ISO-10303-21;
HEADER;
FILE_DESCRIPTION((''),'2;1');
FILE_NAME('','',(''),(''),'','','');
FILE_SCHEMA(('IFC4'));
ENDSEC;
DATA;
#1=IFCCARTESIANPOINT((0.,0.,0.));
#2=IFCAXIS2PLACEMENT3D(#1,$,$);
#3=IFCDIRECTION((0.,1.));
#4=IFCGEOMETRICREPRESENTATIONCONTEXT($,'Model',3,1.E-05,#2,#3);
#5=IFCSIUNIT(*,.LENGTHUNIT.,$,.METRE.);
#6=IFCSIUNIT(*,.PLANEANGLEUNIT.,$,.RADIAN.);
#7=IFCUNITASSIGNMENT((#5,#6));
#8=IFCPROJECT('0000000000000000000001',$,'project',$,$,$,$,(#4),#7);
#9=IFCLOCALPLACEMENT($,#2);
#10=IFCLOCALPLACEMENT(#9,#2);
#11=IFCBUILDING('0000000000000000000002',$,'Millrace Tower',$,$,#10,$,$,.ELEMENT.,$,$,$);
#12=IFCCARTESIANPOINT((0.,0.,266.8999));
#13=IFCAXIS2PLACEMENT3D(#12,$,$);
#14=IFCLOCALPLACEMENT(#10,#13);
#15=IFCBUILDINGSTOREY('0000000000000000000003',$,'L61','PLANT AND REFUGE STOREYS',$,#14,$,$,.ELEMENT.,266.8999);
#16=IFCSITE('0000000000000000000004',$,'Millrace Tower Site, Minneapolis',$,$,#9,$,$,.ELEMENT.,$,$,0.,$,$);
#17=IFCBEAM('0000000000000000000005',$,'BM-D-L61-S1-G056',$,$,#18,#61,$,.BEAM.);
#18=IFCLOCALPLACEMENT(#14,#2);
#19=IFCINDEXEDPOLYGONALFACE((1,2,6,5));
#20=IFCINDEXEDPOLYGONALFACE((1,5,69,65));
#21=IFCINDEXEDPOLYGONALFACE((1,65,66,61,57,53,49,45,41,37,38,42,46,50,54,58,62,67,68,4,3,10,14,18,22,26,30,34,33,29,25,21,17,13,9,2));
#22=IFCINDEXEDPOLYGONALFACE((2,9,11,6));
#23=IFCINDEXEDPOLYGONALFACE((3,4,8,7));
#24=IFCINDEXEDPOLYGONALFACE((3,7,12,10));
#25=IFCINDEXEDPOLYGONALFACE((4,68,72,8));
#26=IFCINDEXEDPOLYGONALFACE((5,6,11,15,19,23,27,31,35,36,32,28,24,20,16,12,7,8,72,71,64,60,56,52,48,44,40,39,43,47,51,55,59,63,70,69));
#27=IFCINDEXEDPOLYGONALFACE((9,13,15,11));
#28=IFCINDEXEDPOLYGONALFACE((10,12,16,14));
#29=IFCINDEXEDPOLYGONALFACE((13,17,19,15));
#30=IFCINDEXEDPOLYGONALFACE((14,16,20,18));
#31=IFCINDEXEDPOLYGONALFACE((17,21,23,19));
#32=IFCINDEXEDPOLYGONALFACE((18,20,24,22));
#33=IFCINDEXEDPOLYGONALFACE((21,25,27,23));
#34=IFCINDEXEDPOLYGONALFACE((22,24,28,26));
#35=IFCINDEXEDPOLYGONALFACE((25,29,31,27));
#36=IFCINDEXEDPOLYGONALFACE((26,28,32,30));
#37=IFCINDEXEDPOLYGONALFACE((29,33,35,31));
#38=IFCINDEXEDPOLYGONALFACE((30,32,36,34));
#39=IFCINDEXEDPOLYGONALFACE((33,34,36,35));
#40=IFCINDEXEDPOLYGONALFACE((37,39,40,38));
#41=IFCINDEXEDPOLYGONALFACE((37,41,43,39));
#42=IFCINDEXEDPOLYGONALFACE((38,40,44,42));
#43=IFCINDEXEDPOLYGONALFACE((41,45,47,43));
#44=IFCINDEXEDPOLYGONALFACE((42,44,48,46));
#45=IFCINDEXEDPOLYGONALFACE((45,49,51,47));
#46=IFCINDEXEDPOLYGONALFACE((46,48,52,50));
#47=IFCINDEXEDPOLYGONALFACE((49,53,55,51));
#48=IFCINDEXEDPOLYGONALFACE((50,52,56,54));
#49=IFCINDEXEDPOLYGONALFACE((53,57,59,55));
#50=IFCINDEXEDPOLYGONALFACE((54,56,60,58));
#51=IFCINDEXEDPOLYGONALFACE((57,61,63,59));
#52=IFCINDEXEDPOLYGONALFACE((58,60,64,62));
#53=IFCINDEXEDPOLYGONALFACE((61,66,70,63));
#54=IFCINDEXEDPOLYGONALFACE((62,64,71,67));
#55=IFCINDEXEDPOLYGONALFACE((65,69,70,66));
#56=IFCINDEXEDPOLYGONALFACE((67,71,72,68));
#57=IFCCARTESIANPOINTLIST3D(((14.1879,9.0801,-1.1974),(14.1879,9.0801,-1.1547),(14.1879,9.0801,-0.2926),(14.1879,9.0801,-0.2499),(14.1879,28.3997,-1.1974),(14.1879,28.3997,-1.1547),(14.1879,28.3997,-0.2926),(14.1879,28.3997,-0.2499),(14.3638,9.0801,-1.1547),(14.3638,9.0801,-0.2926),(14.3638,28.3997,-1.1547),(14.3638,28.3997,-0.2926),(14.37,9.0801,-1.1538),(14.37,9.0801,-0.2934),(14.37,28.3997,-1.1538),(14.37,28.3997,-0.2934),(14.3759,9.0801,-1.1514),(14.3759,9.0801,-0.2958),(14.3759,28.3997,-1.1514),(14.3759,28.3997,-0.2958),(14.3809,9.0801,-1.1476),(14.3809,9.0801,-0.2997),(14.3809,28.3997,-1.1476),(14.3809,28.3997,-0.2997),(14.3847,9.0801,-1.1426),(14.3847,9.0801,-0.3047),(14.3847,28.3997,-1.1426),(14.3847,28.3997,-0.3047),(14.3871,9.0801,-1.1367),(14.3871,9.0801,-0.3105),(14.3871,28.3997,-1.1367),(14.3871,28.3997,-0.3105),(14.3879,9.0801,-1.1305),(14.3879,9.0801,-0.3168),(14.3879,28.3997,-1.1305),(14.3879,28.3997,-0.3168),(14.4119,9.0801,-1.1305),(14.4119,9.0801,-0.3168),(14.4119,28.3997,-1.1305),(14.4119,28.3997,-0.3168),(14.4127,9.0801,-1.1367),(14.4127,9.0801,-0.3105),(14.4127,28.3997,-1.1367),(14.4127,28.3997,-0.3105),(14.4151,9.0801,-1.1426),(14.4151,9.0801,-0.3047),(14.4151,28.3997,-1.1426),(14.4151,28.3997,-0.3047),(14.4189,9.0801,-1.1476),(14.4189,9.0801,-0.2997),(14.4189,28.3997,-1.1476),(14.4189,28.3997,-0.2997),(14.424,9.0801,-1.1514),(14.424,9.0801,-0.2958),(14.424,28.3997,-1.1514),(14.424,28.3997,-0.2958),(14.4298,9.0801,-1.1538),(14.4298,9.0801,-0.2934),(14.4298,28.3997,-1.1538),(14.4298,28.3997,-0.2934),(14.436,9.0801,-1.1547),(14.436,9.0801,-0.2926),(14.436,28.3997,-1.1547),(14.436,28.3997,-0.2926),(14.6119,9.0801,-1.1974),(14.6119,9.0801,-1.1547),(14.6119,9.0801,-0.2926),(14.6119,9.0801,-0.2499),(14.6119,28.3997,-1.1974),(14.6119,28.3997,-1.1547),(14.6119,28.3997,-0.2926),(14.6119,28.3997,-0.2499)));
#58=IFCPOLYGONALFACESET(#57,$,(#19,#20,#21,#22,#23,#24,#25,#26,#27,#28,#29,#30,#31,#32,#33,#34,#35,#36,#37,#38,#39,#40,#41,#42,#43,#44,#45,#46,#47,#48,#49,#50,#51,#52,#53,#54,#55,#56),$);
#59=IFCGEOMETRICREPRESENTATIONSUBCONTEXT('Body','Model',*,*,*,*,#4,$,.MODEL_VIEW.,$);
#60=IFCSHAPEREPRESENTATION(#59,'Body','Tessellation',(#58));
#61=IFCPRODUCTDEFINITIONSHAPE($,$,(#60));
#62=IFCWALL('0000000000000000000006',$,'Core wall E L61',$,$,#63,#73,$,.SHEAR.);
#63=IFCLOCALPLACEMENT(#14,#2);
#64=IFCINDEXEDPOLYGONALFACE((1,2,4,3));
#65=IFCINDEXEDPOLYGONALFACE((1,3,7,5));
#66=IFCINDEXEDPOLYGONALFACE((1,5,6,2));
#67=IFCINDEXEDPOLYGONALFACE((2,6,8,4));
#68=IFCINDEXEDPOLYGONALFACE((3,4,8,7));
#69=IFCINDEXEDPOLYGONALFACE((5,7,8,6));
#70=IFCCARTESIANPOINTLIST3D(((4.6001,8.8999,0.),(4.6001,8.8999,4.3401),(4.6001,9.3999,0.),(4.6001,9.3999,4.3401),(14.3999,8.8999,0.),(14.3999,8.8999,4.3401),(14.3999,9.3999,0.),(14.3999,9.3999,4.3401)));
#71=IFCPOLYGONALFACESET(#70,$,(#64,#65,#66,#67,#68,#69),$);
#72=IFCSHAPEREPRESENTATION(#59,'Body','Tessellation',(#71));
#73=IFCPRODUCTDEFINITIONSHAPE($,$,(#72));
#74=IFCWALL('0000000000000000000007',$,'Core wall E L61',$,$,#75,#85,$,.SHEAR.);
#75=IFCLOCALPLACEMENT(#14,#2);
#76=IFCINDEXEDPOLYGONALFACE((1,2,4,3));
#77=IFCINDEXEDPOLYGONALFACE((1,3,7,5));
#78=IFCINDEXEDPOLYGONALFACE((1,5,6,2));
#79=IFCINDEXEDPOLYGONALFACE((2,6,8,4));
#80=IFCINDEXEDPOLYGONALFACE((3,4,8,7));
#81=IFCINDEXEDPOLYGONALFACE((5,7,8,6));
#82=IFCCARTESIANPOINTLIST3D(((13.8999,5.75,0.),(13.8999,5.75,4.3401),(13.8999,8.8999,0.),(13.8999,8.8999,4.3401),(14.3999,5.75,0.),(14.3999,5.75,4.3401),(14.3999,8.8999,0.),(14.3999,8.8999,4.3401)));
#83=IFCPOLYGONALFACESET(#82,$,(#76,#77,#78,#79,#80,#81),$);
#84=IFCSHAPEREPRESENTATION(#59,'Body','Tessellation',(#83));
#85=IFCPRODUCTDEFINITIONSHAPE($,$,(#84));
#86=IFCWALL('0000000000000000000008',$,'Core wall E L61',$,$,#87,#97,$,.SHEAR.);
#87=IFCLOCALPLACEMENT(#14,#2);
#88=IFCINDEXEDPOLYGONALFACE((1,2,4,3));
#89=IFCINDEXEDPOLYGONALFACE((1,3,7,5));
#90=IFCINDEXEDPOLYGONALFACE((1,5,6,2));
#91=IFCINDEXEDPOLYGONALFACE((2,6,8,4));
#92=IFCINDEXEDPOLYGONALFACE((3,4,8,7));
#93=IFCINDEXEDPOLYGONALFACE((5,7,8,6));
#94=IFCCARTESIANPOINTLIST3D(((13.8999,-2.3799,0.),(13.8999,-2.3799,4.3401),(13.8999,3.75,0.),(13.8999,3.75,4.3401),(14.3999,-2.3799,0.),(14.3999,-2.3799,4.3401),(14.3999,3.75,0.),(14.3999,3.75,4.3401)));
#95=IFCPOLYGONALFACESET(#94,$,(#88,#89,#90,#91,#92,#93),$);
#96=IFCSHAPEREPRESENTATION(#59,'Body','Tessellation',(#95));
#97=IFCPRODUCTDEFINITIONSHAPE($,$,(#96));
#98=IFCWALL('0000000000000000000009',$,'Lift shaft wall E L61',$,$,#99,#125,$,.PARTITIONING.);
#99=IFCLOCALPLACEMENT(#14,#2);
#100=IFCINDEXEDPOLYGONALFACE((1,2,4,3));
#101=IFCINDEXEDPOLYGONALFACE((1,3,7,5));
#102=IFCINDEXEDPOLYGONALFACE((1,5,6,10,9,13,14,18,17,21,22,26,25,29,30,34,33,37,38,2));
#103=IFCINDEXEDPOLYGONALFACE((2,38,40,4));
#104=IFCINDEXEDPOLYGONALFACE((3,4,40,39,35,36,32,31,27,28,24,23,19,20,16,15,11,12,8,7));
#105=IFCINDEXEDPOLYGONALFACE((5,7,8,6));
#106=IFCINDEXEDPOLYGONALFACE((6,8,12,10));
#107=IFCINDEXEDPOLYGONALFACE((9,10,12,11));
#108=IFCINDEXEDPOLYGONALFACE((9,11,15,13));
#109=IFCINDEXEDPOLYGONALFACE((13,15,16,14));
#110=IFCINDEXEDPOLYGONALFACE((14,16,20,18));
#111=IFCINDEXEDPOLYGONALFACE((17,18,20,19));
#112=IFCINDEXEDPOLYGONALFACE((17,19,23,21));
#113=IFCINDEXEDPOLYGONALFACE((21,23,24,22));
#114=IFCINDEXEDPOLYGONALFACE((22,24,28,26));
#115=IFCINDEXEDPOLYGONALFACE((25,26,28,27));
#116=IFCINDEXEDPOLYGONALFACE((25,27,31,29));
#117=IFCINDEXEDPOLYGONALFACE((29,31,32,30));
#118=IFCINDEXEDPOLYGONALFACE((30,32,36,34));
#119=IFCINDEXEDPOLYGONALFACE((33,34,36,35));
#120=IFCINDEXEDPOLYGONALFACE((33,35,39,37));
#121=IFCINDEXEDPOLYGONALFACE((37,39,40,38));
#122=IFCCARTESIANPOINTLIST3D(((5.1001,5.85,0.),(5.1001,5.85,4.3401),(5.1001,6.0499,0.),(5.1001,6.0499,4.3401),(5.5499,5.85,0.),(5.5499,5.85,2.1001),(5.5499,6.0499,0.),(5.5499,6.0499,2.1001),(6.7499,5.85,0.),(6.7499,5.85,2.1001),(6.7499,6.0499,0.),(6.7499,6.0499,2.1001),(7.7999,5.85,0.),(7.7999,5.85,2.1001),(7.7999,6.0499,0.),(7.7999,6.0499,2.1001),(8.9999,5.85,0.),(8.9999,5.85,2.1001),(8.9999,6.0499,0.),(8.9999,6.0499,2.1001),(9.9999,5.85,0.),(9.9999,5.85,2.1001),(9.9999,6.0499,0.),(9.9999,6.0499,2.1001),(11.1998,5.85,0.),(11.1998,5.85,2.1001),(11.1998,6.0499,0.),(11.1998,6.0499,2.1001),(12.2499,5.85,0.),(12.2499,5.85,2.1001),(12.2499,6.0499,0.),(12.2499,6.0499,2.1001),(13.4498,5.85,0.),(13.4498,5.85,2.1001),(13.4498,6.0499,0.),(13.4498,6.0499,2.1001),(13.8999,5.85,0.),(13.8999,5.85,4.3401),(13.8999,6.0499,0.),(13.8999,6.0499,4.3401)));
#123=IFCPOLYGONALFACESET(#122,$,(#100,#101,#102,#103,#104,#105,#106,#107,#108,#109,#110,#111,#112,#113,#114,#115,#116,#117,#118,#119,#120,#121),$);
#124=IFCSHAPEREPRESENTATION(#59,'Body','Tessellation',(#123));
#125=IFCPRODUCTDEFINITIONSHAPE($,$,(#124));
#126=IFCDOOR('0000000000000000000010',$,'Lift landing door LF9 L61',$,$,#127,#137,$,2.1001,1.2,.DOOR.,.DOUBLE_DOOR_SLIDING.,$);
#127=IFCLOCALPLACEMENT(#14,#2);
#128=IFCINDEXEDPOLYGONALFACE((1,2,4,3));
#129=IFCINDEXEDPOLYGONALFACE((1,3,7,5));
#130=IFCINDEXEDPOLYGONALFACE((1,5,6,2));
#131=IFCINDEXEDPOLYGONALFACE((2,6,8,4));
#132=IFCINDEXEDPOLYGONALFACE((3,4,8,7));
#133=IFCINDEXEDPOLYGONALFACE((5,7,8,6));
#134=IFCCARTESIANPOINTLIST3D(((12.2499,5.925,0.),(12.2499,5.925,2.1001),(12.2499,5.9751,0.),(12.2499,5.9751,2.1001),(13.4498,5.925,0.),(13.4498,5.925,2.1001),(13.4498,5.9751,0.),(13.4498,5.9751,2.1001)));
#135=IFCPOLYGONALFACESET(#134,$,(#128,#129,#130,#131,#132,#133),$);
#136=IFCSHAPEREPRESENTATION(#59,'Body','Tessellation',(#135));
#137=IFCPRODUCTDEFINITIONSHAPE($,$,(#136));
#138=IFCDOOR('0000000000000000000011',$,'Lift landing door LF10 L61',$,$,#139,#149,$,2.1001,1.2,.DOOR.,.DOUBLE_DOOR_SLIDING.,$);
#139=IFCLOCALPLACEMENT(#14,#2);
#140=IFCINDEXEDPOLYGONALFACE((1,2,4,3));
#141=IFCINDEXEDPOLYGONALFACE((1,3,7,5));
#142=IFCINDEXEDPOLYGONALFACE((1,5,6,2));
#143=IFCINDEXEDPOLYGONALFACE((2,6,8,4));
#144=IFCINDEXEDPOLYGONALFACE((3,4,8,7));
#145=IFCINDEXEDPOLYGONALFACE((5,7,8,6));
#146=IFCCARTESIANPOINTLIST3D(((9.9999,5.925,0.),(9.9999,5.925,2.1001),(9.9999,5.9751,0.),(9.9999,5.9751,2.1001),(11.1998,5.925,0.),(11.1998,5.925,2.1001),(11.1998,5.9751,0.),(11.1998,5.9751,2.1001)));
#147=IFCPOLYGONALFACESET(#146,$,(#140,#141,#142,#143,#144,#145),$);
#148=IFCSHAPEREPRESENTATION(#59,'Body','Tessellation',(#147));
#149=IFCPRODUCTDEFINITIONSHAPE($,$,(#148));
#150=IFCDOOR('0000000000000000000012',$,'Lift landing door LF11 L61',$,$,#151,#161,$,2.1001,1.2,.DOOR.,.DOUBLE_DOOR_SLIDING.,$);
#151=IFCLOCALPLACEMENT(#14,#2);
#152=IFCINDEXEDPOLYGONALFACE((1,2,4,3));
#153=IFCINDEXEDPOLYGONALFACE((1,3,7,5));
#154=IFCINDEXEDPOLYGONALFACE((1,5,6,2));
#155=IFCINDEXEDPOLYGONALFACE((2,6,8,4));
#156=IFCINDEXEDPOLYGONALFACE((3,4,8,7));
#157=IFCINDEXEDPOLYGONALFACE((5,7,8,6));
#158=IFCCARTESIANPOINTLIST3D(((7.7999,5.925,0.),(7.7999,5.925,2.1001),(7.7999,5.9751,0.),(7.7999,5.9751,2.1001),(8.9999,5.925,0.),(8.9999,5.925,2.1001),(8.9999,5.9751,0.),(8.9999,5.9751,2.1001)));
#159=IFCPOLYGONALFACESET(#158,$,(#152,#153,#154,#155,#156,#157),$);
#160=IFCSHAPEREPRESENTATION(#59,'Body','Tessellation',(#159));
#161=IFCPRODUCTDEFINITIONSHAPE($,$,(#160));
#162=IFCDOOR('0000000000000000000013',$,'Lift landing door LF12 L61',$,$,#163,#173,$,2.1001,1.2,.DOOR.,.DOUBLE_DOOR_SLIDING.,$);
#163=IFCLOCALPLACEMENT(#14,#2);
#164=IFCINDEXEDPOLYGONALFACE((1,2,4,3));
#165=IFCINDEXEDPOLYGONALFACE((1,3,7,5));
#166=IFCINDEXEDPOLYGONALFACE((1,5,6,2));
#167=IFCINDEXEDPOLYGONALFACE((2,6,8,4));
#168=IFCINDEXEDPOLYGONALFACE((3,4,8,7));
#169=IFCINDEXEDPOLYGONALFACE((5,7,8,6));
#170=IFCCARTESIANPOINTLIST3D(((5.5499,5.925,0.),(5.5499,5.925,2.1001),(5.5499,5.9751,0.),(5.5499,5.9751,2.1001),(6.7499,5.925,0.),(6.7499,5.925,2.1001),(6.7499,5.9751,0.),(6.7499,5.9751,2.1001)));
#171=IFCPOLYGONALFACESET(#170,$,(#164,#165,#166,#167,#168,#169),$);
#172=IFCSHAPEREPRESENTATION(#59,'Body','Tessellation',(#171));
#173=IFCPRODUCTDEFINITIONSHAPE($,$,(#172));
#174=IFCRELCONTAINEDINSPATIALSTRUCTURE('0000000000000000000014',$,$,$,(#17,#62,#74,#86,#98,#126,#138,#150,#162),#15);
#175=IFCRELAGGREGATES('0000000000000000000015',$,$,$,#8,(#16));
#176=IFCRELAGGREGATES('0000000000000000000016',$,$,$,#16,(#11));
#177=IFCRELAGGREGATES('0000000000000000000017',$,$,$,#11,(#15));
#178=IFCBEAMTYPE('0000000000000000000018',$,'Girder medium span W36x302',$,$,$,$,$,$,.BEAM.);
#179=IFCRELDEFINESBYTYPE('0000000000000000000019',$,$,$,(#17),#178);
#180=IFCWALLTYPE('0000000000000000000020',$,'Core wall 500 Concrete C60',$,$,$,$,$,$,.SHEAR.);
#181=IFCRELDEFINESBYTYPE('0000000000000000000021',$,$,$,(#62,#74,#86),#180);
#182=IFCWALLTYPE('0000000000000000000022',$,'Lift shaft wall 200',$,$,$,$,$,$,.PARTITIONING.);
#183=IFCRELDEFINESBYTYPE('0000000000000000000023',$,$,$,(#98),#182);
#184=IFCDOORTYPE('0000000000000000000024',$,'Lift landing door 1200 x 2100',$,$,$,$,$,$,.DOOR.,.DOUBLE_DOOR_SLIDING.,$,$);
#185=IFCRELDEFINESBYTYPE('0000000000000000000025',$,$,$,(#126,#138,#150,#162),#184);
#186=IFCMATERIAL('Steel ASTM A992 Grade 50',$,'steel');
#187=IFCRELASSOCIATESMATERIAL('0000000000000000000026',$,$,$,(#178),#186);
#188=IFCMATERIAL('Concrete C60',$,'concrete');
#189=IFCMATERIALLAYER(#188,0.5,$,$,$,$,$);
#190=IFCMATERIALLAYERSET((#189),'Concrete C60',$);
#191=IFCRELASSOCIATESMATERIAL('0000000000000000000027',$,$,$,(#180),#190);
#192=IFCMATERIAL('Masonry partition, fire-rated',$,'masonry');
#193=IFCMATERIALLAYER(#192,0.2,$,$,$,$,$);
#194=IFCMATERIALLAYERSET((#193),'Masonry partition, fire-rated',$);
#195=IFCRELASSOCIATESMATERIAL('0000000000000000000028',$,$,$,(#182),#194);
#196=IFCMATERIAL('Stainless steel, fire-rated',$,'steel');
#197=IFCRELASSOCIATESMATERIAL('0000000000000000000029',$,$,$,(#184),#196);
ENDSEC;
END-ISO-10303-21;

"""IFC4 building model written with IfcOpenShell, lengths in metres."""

from ifc_helpers import new_model, si_unit, direction, frame, frame_2d, origin, origin_2d, place, context, subcontext, project, spatial, rectangle, i_section, extrude, material, layer, layer_set, material_profile, profile_set, type_object, element, fill, save


model = new_model("IFC4")

# Units and contexts
model_context = context("Model", 3, precision=1e-05, world=origin(), true_north=direction((0.0, 1.0)))
body_context = subcontext(model_context, "Body", "Model", "MODEL_VIEW")
ifc_project = project(units=[si_unit("LENGTHUNIT", "METRE"), si_unit("PLANEANGLEUNIT", "RADIAN")], contexts=[model_context])

# Site, building, storey
site_placement = place(None, origin())
site = spatial("IfcSite", under=ifc_project, at=site_placement, Name="Millrace Tower Site, Minneapolis", CompositionType="ELEMENT", RefElevation=0.0)
building_placement = place(site_placement, origin())
building = spatial("IfcBuilding", under=site, at=building_placement, Name="Millrace Tower", CompositionType="ELEMENT")
storey_placement = place(building_placement, frame((0.0, 0.0, 266.8999)))
storey = spatial("IfcBuildingStorey", under=building, at=storey_placement, Name="L61", Description="PLANT AND REFUGE STOREYS", CompositionType="ELEMENT", Elevation=266.8999)

# Beam
ifc_material_1 = material(Name="Steel ASTM A992 Grade 50", Category="steel")
ifc_material_profile_1 = material_profile(ifc_material_1, i_section(OverallWidth=0.4241, OverallDepth=0.9475, WebThickness=0.0239, FlangeThickness=0.0427, FilletRadius=0.0242, at=origin_2d()))
ifc_profile_set_1 = profile_set([ifc_material_profile_1], Name="Steel ASTM A992 Grade 50")
beam_type_1 = type_object("IfcBeamType", Name="Girder medium span W36x302", PredefinedType="BEAM", material=ifc_profile_set_1)
beam_1_placement = place(storey_placement, frame((14.3999, 9.0801, -0.7236), z_axis=(0.0, 1.0, 0.0), x_axis=(-1.0, 0.0, 0.0)))
element("IfcBeam", 1, at=beam_1_placement, inside=storey, type_object=beam_type_1, Name="BM-D-L61-S1-G056", PredefinedType="BEAM", context=body_context, shape_type="SweptSolid", body=[
    extrude(i_section(OverallWidth=0.4241, OverallDepth=0.9475, WebThickness=0.0239, FlangeThickness=0.0427, FilletRadius=0.0242, at=origin_2d()), origin(), (0.0, 0.0, 1.0), 19.3196),
])

# Walls
ifc_material_2 = material(Name="Concrete C60", Category="concrete")
ifc_layer_1 = layer(ifc_material_2, 0.5)
ifc_layer_set_1 = layer_set([ifc_layer_1], Name="Concrete C60")
wall_type_1 = type_object("IfcWallType", Name="Core wall 500 Concrete C60", PredefinedType="SHEAR", material=ifc_layer_set_1)
wall_1_placement = place(storey_placement, frame((14.3999, 9.1499, 0.0), z_axis=(0.0, 0.0, 1.0), x_axis=(-1.0, 0.0, 0.0)))
element("IfcWall", 2, at=wall_1_placement, inside=storey, type_object=wall_type_1, Name="Core wall E L61", PredefinedType="SHEAR", context=body_context, shape_type="SweptSolid", body=[
    extrude(rectangle(XDim=9.7998, YDim=0.5, at=frame_2d((4.8999, 0.0))), origin(), (0.0, 0.0, 1.0), 4.3401),
])
wall_2_placement = place(storey_placement, frame((14.1499, 8.8999, 0.0), z_axis=(0.0, 0.0, 1.0), x_axis=(0.0, -1.0, 0.0)))
element("IfcWall", 3, at=wall_2_placement, inside=storey, type_object=wall_type_1, Name="Core wall E L61", PredefinedType="SHEAR", context=body_context, shape_type="SweptSolid", body=[
    extrude(rectangle(XDim=3.1499, YDim=0.5, at=frame_2d((1.575, 0.0))), origin(), (0.0, 0.0, 1.0), 4.3401),
])
wall_3_placement = place(storey_placement, frame((14.1499, 3.75, 0.0), z_axis=(0.0, 0.0, 1.0), x_axis=(0.0, -1.0, 0.0)))
element("IfcWall", 4, at=wall_3_placement, inside=storey, type_object=wall_type_1, Name="Core wall E L61", PredefinedType="SHEAR", context=body_context, shape_type="SweptSolid", body=[
    extrude(rectangle(XDim=6.1299, YDim=0.5, at=frame_2d((3.0649, 0.0))), origin(), (0.0, 0.0, 1.0), 4.3401),
])

# Wall, openings, doors
ifc_material_3 = material(Name="Masonry partition, fire-rated", Category="masonry")
ifc_layer_2 = layer(ifc_material_3, 0.2)
ifc_layer_set_2 = layer_set([ifc_layer_2], Name="Masonry partition, fire-rated")
wall_type_2 = type_object("IfcWallType", Name="Lift shaft wall 200", PredefinedType="PARTITIONING", material=ifc_layer_set_2)
wall_4_placement = place(storey_placement, frame((13.8999, 5.95, 0.0), z_axis=(0.0, 0.0, 1.0), x_axis=(-1.0, 0.0, 0.0)))
wall_4 = element("IfcWall", 5, at=wall_4_placement, inside=storey, type_object=wall_type_2, Name="Lift shaft wall E L61", PredefinedType="PARTITIONING", context=body_context, shape_type="SweptSolid", body=[
    extrude(rectangle(XDim=8.7998, YDim=0.2, at=frame_2d((4.3999, 0.0))), origin(), (0.0, 0.0, 1.0), 4.3401),
])
opening_1_placement = place(wall_4_placement, frame((0.45, 0.0, 0.0)))
opening_1 = element("IfcOpeningElement", 6, at=opening_1_placement, cuts=wall_4, PredefinedType="OPENING", context=body_context, shape_type="SweptSolid", body=[
    extrude(rectangle(XDim=1.2, YDim=2.1001, at=frame_2d((0.6001, 1.05))), frame((0.0, 0.1099, 0.0), z_axis=(0.0, -1.0, 0.0), x_axis=(1.0, 0.0, 0.0)), (0.0, 0.0, 1.0), 0.22),
])
opening_2_placement = place(wall_4_placement, frame((2.7, 0.0, 0.0)))
opening_2 = element("IfcOpeningElement", 7, at=opening_2_placement, cuts=wall_4, PredefinedType="OPENING", context=body_context, shape_type="SweptSolid", body=[
    extrude(rectangle(XDim=1.2, YDim=2.1001, at=frame_2d((0.6001, 1.05))), frame((0.0, 0.1099, 0.0), z_axis=(0.0, -1.0, 0.0), x_axis=(1.0, 0.0, 0.0)), (0.0, 0.0, 1.0), 0.22),
])
opening_3_placement = place(wall_4_placement, frame((4.8999, 0.0, 0.0)))
opening_3 = element("IfcOpeningElement", 8, at=opening_3_placement, cuts=wall_4, PredefinedType="OPENING", context=body_context, shape_type="SweptSolid", body=[
    extrude(rectangle(XDim=1.2, YDim=2.1001, at=frame_2d((0.6001, 1.05))), frame((0.0, 0.1099, 0.0), z_axis=(0.0, -1.0, 0.0), x_axis=(1.0, 0.0, 0.0)), (0.0, 0.0, 1.0), 0.22),
])
opening_4_placement = place(wall_4_placement, frame((7.1499, 0.0, 0.0)))
opening_4 = element("IfcOpeningElement", 9, at=opening_4_placement, cuts=wall_4, PredefinedType="OPENING", context=body_context, shape_type="SweptSolid", body=[
    extrude(rectangle(XDim=1.2, YDim=2.1001, at=frame_2d((0.6001, 1.05))), frame((0.0, 0.1099, 0.0), z_axis=(0.0, -1.0, 0.0), x_axis=(1.0, 0.0, 0.0)), (0.0, 0.0, 1.0), 0.22),
])
ifc_material_4 = material(Name="Stainless steel, fire-rated", Category="steel")
door_type_1 = type_object("IfcDoorType", Name="Lift landing door 1200 x 2100", OperationType="DOUBLE_DOOR_SLIDING", PredefinedType="DOOR", material=ifc_material_4)
door_1_placement = place(opening_1_placement, origin())
door_1 = element("IfcDoor", 10, at=door_1_placement, inside=storey, type_object=door_type_1, Name="Lift landing door LF9 L61", OperationType="DOUBLE_DOOR_SLIDING", OverallHeight=2.1001, OverallWidth=1.2, PredefinedType="DOOR", context=body_context, shape_type="SweptSolid", body=[
    extrude(rectangle(XDim=1.2, YDim=2.1001, at=frame_2d((0.6001, 1.05))), frame((0.0, 0.0249, 0.0), z_axis=(0.0, -1.0, 0.0), x_axis=(1.0, 0.0, 0.0)), (0.0, 0.0, 1.0), 0.05),
])
fill(opening_1, door_1)
door_2_placement = place(opening_2_placement, origin())
door_2 = element("IfcDoor", 11, at=door_2_placement, inside=storey, type_object=door_type_1, Name="Lift landing door LF10 L61", OperationType="DOUBLE_DOOR_SLIDING", OverallHeight=2.1001, OverallWidth=1.2, PredefinedType="DOOR", context=body_context, shape_type="SweptSolid", body=[
    extrude(rectangle(XDim=1.2, YDim=2.1001, at=frame_2d((0.6001, 1.05))), frame((0.0, 0.0249, 0.0), z_axis=(0.0, -1.0, 0.0), x_axis=(1.0, 0.0, 0.0)), (0.0, 0.0, 1.0), 0.05),
])
fill(opening_2, door_2)
door_3_placement = place(opening_3_placement, origin())
door_3 = element("IfcDoor", 12, at=door_3_placement, inside=storey, type_object=door_type_1, Name="Lift landing door LF11 L61", OperationType="DOUBLE_DOOR_SLIDING", OverallHeight=2.1001, OverallWidth=1.2, PredefinedType="DOOR", context=body_context, shape_type="SweptSolid", body=[
    extrude(rectangle(XDim=1.2, YDim=2.1001, at=frame_2d((0.6001, 1.05))), frame((0.0, 0.0249, 0.0), z_axis=(0.0, -1.0, 0.0), x_axis=(1.0, 0.0, 0.0)), (0.0, 0.0, 1.0), 0.05),
])
fill(opening_3, door_3)
door_4_placement = place(opening_4_placement, origin())
door_4 = element("IfcDoor", 13, at=door_4_placement, inside=storey, type_object=door_type_1, Name="Lift landing door LF12 L61", OperationType="DOUBLE_DOOR_SLIDING", OverallHeight=2.1001, OverallWidth=1.2, PredefinedType="DOOR", context=body_context, shape_type="SweptSolid", body=[
    extrude(rectangle(XDim=1.2, YDim=2.1001, at=frame_2d((0.6001, 1.05))), frame((0.0, 0.0249, 0.0), z_axis=(0.0, -1.0, 0.0), x_axis=(1.0, 0.0, 0.0)), (0.0, 0.0, 1.0), 0.05),
])
fill(opening_4, door_4)

save(model, "model.ifc")
